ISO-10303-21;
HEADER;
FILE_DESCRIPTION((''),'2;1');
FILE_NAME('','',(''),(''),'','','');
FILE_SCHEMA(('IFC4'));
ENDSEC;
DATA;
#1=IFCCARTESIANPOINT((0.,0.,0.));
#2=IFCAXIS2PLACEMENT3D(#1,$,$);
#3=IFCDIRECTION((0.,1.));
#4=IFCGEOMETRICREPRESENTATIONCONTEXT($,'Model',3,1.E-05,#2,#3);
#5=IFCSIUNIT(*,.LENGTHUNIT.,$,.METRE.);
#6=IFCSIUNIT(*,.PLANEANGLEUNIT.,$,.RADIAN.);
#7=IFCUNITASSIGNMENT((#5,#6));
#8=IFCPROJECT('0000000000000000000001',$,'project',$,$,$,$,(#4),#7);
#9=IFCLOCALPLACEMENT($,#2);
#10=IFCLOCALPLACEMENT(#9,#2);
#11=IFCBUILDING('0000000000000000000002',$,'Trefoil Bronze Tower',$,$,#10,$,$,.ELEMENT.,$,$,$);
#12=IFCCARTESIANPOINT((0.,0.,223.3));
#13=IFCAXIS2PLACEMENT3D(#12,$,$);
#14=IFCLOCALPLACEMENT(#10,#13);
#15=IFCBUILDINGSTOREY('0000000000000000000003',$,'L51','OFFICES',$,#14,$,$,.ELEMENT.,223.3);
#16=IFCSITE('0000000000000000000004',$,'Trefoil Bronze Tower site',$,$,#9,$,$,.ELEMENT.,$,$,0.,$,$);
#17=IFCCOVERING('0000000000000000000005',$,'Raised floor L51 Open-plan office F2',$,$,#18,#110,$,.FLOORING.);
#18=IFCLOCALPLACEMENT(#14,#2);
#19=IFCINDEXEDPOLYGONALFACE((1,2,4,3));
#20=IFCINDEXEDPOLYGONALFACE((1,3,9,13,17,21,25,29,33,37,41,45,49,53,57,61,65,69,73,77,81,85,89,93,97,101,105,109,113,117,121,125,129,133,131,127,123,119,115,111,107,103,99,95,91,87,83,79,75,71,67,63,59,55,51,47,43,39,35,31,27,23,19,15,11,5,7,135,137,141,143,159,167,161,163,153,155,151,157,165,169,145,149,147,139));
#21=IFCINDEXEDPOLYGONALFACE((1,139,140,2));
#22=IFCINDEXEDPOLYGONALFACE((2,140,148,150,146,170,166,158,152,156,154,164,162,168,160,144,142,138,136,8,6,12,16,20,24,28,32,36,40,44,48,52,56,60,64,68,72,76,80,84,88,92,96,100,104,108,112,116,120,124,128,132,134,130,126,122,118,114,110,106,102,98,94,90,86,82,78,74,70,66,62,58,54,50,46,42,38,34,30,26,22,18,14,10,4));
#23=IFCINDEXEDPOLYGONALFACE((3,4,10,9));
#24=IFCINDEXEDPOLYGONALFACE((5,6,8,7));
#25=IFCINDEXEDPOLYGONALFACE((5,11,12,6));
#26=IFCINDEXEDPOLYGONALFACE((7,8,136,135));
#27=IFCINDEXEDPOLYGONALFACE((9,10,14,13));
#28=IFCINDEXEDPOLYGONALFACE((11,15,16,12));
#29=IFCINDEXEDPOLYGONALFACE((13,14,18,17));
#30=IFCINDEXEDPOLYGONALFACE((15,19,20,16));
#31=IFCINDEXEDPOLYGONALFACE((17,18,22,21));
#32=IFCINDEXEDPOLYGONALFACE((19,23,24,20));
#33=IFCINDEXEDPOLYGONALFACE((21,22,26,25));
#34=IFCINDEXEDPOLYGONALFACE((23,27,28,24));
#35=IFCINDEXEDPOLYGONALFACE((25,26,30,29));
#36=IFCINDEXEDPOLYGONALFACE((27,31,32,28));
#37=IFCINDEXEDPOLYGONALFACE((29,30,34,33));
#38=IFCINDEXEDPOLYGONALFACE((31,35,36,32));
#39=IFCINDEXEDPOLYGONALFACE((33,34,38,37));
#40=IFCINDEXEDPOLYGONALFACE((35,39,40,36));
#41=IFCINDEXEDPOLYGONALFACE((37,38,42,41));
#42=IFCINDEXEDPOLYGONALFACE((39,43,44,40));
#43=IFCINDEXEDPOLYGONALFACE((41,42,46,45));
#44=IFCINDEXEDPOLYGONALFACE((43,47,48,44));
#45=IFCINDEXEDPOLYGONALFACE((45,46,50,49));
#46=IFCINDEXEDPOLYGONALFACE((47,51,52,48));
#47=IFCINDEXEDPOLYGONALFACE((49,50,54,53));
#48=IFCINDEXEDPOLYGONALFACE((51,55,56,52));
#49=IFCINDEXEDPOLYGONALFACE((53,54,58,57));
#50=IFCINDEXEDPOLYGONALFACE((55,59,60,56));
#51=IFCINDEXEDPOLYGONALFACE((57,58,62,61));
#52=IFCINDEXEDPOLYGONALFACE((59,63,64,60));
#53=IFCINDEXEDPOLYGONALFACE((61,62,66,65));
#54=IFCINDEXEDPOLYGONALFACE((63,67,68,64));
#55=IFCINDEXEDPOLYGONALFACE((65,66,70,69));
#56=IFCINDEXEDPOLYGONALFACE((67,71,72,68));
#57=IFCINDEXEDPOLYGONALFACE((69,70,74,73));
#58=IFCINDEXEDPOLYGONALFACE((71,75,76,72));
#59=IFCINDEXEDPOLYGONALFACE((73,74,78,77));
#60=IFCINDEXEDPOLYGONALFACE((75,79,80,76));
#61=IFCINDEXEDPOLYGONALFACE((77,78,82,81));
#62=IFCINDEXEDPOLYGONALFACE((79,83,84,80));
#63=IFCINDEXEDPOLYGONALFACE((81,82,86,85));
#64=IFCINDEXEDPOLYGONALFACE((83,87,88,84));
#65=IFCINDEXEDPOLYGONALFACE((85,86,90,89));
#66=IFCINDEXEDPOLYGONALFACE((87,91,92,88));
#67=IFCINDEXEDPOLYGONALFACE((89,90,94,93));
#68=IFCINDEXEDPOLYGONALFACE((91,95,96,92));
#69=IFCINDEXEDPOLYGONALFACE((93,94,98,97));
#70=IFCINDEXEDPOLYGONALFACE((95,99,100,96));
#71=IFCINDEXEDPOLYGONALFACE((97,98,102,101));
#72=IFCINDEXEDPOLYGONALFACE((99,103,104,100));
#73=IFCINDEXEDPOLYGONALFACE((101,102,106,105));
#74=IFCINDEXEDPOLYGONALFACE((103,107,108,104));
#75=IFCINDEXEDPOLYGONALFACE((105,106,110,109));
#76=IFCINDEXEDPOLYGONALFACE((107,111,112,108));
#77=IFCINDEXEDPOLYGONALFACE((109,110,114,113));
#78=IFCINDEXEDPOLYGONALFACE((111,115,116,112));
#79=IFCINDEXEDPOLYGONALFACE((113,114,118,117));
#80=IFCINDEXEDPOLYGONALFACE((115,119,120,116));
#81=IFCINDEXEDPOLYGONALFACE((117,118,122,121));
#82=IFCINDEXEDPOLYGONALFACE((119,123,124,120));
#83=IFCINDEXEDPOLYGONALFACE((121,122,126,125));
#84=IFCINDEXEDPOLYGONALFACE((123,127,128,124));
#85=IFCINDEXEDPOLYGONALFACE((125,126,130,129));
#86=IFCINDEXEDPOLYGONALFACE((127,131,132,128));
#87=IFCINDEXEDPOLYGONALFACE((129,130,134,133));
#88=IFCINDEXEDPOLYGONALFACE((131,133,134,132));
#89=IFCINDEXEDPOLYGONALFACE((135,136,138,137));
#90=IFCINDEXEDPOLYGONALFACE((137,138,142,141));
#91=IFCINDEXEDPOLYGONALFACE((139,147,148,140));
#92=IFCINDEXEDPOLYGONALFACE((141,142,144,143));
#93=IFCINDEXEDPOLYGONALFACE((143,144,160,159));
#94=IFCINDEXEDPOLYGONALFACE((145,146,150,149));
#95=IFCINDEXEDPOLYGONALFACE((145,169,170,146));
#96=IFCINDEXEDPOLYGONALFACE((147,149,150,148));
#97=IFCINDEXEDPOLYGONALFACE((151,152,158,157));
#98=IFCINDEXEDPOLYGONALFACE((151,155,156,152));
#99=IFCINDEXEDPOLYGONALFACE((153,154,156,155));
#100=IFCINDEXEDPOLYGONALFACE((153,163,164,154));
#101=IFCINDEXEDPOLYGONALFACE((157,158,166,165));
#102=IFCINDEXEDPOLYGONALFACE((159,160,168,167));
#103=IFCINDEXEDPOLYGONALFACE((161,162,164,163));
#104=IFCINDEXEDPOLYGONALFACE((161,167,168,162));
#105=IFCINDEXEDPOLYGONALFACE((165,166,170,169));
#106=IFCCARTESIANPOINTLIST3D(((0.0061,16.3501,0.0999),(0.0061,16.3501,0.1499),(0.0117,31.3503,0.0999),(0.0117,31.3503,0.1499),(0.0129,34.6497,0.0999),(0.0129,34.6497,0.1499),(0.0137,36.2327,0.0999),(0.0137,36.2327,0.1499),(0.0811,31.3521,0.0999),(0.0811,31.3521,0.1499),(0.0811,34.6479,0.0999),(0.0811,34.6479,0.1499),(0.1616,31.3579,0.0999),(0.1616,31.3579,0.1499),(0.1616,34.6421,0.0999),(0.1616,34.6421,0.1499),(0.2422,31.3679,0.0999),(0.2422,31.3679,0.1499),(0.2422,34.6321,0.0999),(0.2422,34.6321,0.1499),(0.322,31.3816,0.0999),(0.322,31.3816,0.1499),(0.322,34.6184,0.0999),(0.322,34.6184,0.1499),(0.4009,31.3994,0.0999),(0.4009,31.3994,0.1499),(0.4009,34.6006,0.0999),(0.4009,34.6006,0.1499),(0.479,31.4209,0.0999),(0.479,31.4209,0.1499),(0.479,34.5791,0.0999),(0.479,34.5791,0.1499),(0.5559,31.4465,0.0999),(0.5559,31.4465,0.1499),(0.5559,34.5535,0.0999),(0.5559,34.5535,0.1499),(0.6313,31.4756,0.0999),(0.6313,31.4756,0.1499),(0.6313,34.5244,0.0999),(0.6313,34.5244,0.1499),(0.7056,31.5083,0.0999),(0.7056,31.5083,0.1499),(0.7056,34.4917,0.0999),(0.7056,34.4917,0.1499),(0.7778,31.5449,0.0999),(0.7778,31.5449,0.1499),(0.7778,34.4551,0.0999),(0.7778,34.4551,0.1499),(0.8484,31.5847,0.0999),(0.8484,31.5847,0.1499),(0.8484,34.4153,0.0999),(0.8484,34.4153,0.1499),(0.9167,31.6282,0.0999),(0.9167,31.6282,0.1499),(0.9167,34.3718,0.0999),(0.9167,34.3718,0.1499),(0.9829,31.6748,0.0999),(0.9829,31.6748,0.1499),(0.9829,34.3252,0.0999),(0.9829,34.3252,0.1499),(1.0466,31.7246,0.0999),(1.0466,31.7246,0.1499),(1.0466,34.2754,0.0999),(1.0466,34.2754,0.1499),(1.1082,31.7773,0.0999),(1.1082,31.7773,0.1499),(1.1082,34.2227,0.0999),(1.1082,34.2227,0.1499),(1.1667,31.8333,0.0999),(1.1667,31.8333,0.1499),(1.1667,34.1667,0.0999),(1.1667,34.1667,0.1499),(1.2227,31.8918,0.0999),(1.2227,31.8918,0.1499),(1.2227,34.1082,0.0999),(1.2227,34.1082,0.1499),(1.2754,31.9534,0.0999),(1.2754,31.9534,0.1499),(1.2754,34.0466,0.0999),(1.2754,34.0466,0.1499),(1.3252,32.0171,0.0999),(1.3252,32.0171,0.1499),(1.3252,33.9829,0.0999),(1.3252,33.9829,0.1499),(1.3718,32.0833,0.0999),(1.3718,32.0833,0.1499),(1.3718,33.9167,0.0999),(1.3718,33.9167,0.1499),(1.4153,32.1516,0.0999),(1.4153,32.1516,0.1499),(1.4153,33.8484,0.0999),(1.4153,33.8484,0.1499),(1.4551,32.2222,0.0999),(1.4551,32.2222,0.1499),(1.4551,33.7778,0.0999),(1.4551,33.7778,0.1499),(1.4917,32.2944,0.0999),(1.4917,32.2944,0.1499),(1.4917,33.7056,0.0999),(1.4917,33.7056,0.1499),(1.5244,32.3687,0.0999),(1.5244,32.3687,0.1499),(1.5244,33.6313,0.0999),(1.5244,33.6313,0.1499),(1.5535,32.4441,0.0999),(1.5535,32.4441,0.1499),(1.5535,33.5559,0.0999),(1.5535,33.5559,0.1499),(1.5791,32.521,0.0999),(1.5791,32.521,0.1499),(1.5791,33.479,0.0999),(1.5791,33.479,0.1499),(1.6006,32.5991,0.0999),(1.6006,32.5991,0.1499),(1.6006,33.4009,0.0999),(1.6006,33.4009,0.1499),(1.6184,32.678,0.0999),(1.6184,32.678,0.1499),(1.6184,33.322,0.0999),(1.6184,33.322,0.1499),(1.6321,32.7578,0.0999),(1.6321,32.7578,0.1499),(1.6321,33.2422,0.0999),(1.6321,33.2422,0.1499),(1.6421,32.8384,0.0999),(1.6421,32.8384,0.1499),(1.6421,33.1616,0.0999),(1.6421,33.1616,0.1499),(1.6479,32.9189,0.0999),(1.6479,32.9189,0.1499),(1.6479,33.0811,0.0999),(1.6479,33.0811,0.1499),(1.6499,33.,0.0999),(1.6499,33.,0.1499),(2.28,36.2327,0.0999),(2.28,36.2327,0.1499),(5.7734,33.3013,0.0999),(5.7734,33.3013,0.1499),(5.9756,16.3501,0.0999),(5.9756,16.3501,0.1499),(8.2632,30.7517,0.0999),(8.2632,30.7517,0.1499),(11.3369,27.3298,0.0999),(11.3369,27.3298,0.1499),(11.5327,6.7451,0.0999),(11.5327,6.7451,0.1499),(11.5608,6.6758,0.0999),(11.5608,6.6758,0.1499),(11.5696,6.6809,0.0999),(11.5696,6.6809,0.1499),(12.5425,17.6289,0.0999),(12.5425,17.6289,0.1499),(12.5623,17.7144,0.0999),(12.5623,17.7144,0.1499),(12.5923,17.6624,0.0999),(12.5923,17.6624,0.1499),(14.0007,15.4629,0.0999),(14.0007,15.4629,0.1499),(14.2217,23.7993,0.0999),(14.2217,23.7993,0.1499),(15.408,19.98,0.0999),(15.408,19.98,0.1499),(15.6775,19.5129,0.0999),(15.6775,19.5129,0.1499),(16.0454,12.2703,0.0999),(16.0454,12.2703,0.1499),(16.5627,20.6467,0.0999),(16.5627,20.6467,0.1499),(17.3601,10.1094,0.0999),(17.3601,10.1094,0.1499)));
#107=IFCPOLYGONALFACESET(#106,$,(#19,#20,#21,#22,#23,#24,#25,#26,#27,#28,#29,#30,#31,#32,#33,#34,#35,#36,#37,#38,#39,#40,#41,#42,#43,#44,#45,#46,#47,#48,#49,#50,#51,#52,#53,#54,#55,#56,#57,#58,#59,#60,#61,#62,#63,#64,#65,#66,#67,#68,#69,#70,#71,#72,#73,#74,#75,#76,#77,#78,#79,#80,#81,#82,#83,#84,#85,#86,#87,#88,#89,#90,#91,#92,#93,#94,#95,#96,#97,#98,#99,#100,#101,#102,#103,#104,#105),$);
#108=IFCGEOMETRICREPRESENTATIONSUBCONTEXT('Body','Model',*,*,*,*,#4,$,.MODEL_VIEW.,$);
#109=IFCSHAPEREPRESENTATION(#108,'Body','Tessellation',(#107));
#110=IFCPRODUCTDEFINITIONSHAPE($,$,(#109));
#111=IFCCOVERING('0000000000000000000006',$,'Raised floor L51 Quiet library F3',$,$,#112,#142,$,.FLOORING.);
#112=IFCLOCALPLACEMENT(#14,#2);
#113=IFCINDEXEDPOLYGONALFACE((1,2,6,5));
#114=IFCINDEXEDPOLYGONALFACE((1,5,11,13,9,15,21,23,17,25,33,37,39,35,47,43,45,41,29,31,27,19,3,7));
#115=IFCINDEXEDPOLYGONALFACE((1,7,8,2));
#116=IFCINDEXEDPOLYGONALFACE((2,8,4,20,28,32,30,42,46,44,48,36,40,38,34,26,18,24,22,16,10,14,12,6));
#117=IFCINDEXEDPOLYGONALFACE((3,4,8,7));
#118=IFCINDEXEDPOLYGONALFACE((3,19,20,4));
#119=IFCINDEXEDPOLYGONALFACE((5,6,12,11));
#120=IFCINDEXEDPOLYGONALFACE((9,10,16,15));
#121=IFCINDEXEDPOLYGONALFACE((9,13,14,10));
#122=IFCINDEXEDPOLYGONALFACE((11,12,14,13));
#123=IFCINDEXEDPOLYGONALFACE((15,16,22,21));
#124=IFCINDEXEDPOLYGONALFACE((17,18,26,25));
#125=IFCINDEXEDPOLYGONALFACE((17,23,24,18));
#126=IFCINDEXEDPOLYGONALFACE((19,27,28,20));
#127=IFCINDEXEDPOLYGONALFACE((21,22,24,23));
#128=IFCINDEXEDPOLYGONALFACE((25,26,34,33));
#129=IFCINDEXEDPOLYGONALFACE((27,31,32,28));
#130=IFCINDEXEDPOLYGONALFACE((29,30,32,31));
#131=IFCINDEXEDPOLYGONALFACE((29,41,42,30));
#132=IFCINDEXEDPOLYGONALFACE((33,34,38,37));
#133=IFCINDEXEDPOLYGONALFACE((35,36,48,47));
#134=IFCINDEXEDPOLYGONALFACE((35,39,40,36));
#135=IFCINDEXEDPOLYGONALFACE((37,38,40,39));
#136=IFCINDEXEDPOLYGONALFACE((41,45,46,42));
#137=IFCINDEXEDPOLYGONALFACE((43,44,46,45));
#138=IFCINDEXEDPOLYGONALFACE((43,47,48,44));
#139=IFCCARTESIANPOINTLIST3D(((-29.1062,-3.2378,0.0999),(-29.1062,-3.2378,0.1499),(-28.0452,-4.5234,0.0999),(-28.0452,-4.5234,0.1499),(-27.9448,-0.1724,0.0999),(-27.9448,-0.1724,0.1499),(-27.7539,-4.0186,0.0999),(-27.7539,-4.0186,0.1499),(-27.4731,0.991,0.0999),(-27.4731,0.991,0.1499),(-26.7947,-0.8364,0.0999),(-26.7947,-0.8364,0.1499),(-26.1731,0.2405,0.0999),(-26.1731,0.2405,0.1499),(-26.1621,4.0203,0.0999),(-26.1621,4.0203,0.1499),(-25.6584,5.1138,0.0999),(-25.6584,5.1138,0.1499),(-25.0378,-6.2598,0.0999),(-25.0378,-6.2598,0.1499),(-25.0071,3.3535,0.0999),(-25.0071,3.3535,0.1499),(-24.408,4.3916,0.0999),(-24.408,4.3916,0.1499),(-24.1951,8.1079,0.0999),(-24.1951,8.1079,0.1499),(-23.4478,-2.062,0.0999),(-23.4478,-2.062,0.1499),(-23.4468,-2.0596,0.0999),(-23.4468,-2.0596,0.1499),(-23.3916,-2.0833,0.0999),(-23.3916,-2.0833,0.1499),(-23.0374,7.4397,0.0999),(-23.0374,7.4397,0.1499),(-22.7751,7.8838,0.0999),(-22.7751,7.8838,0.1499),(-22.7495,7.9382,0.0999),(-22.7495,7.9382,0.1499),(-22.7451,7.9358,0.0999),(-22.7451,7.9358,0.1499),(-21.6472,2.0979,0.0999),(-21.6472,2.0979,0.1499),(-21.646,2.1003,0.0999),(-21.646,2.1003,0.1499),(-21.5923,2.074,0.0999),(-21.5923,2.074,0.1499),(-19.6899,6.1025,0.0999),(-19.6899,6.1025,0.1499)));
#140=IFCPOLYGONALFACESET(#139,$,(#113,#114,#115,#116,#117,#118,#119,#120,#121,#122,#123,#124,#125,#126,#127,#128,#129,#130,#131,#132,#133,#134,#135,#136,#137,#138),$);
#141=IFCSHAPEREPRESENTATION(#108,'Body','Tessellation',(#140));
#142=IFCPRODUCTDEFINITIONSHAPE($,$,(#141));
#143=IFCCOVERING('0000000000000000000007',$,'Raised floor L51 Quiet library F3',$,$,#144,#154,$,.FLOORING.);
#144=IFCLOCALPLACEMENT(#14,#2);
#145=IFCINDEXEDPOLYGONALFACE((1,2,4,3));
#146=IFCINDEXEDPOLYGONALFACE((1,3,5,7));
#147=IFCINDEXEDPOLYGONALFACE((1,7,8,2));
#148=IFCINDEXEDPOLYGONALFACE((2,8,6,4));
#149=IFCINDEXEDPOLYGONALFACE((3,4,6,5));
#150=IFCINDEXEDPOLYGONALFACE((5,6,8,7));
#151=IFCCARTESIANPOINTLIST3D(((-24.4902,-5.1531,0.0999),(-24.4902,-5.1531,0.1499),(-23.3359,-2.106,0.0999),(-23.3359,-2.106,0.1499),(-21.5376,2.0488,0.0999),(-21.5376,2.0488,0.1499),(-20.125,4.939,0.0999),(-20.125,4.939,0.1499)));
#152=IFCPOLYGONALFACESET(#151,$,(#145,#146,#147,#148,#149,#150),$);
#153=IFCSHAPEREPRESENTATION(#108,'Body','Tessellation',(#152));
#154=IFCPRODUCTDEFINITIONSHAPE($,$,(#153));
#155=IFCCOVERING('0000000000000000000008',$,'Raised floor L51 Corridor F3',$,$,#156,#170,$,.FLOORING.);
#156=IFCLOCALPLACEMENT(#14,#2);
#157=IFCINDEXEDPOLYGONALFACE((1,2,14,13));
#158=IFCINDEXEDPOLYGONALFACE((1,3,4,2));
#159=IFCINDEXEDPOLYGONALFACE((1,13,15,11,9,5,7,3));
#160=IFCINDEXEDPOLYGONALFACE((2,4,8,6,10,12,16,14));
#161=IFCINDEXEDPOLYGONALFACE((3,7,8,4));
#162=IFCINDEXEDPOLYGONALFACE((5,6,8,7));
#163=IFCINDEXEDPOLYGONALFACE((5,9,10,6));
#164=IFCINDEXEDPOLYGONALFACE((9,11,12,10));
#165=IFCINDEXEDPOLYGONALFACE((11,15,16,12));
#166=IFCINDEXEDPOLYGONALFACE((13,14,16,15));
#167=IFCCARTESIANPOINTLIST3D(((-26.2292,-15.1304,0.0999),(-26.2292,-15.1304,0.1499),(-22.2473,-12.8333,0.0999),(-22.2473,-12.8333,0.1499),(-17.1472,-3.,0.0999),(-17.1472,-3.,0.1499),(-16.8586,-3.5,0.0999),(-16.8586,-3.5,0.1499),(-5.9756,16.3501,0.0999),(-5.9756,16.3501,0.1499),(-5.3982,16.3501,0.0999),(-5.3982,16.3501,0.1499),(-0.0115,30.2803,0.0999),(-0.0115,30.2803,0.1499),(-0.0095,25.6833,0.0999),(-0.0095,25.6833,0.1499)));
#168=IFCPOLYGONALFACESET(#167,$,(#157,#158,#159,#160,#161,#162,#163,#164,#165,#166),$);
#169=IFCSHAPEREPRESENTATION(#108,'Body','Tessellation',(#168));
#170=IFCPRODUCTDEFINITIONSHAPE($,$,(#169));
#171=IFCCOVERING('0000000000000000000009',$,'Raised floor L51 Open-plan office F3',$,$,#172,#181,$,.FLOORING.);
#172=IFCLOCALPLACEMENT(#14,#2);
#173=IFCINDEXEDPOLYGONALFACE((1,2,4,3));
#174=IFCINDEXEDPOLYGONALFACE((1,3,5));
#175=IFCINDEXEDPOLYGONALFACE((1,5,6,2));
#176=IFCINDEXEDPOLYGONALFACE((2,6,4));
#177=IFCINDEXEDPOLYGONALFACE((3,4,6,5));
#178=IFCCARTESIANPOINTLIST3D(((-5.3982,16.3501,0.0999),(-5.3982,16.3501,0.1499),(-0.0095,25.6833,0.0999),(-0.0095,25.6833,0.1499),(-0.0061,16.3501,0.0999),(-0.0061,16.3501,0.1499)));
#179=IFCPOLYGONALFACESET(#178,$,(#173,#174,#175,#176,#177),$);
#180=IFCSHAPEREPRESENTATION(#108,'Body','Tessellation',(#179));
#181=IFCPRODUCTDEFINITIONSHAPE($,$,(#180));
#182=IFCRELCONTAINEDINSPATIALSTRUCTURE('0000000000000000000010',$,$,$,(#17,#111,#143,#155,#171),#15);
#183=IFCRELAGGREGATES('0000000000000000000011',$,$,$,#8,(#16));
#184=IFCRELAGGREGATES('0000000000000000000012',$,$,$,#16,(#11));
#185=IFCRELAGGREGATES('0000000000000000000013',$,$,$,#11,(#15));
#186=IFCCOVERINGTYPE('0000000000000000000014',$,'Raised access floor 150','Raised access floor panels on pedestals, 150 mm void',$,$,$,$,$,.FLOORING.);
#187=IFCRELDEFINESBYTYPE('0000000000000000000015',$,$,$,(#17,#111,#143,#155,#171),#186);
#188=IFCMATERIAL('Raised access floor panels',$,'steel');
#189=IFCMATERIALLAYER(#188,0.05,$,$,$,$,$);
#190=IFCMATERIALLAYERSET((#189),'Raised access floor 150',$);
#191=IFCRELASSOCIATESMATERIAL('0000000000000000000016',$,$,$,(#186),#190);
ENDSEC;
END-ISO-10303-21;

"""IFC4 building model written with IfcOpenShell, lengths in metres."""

from ifc_helpers import new_model, si_unit, direction, frame, origin, place, context, subcontext, project, spatial, polyline, outline, extrude, material, layer, layer_set, type_object, element, save


model = new_model("IFC4")

# Units and contexts
model_context = context("Model", 3, precision=1e-05, world=origin(), true_north=direction((0.0, 1.0)))
body_context = subcontext(model_context, "Body", "Model", "MODEL_VIEW")
ifc_project = project(units=[si_unit("LENGTHUNIT", "METRE"), si_unit("PLANEANGLEUNIT", "RADIAN")], contexts=[model_context])

# Site, building, storey
site_placement = place(None, origin())
site = spatial("IfcSite", under=ifc_project, at=site_placement, Name="Trefoil Bronze Tower site", CompositionType="ELEMENT", RefElevation=0.0)
building_placement = place(site_placement, origin())
building = spatial("IfcBuilding", under=site, at=building_placement, Name="Trefoil Bronze Tower", CompositionType="ELEMENT")
storey_placement = place(building_placement, frame((0.0, 0.0, 223.3)))
storey = spatial("IfcBuildingStorey", under=building, at=storey_placement, Name="L51", Description="OFFICES", CompositionType="ELEMENT", Elevation=223.3)

# Coverings
ifc_material_1 = material(Name="Raised access floor panels", Category="steel")
ifc_layer_1 = layer(ifc_material_1, 0.05)
ifc_layer_set_1 = layer_set([ifc_layer_1], Name="Raised access floor 150")
covering_type_1 = type_object("IfcCoveringType", Name="Raised access floor 150", Description="Raised access floor panels on pedestals, 150 mm void", PredefinedType="FLOORING", material=ifc_layer_set_1)
covering_1_placement = place(storey_placement, frame((0.0, 0.0, 0.0999)))
element("IfcCovering", 1, at=covering_1_placement, inside=storey, type_object=covering_type_1, Name="Raised floor L51 Open-plan office F2", PredefinedType="FLOORING", context=body_context, shape_type="SweptSolid", body=[
    extrude(outline(polyline([(8.2632, 30.7517), (11.3369, 27.3298), (14.2217, 23.7993), (16.5627, 20.6467), (15.408, 19.98), (15.6775, 19.5129), (12.5623, 17.7144), (12.5923, 17.6624), (12.5425, 17.6289), (14.0007, 15.4629), (16.0454, 12.2703), (17.3601, 10.1094), (11.5327, 6.7451), (11.5696, 6.6809), (11.5608, 6.6758), (5.9756, 16.3501), (0.0061, 16.3501), (0.0117, 31.3503), (0.0811, 31.3521), (0.1616, 31.3579), (0.2422, 31.3679), (0.322, 31.3816), (0.4009, 31.3994), (0.479, 31.4209), (0.5559, 31.4465), (0.6313, 31.4756), (0.7056, 31.5083), (0.7778, 31.5449), (0.8484, 31.5847), (0.9167, 31.6282), (0.9829, 31.6748), (1.0466, 31.7246), (1.1082, 31.7773), (1.1667, 31.8333), (1.2227, 31.8918), (1.2754, 31.9534), (1.3252, 32.0171), (1.3718, 32.0833), (1.4153, 32.1516), (1.4551, 32.2222), (1.4917, 32.2944), (1.5244, 32.3687), (1.5535, 32.4441), (1.5791, 32.521), (1.6006, 32.5991), (1.6184, 32.678), (1.6321, 32.7578), (1.6421, 32.8384), (1.6479, 32.9189), (1.6499, 33.0), (1.6479, 33.0811), (1.6421, 33.1616), (1.6321, 33.2422), (1.6184, 33.322), (1.6006, 33.4009), (1.5791, 33.479), (1.5535, 33.5559), (1.5244, 33.6313), (1.4917, 33.7056), (1.4551, 33.7778), (1.4153, 33.8484), (1.3718, 33.9167), (1.3252, 33.9829), (1.2754, 34.0466), (1.2227, 34.1082), (1.1667, 34.1667), (1.1082, 34.2227), (1.0466, 34.2754), (0.9829, 34.3252), (0.9167, 34.3718), (0.8484, 34.4153), (0.7778, 34.4551), (0.7056, 34.4917), (0.6313, 34.5244), (0.5559, 34.5535), (0.479, 34.5791), (0.4009, 34.6006), (0.322, 34.6184), (0.2422, 34.6321), (0.1616, 34.6421), (0.0811, 34.6479), (0.0129, 34.6497), (0.0137, 36.2327), (2.28, 36.2327), (5.7734, 33.3013), (8.2632, 30.7517)])), origin(), (0.0, 0.0, 1.0), 0.05),
])
covering_2_placement = place(storey_placement, frame((0.0, 0.0, 0.0999)))
element("IfcCovering", 2, at=covering_2_placement, inside=storey, type_object=covering_type_1, Name="Raised floor L51 Quiet library F3", PredefinedType="FLOORING", context=body_context, shape_type="SweptSolid", body=[
    extrude(outline(polyline([(-26.1621, 4.0203), (-25.0071, 3.3535), (-24.408, 4.3916), (-25.6584, 5.1138), (-24.1951, 8.1079), (-23.0374, 7.4397), (-22.7495, 7.9382), (-22.7451, 7.9358), (-22.7751, 7.8838), (-19.6899, 6.1025), (-21.646, 2.1003), (-21.5923, 2.074), (-21.6472, 2.0979), (-23.4468, -2.0596), (-23.3916, -2.0833), (-23.4478, -2.062), (-25.0378, -6.2598), (-28.0452, -4.5234), (-27.7539, -4.0186), (-29.1062, -3.2378), (-27.9448, -0.1724), (-26.7947, -0.8364), (-26.1731, 0.2405), (-27.4731, 0.991), (-26.1621, 4.0203)])), origin(), (0.0, 0.0, 1.0), 0.05),
])
covering_3_placement = place(storey_placement, frame((0.0, 0.0, 0.0999)))
element("IfcCovering", 3, at=covering_3_placement, inside=storey, type_object=covering_type_1, Name="Raised floor L51 Quiet library F3", PredefinedType="FLOORING", context=body_context, shape_type="SweptSolid", body=[
    extrude(outline(polyline([(-24.4902, -5.1531), (-23.3359, -2.106), (-21.5376, 2.0488), (-20.125, 4.939), (-24.4902, -5.1531)])), origin(), (0.0, 0.0, 1.0), 0.05),
])
covering_4_placement = place(storey_placement, frame((0.0, 0.0, 0.0999)))
element("IfcCovering", 4, at=covering_4_placement, inside=storey, type_object=covering_type_1, Name="Raised floor L51 Corridor F3", PredefinedType="FLOORING", context=body_context, shape_type="SweptSolid", body=[
    extrude(outline(polyline([(-26.2292, -15.1304), (-0.0115, 30.2803), (-0.0095, 25.6833), (-5.3982, 16.3501), (-5.9756, 16.3501), (-17.1472, -3.0), (-16.8586, -3.5), (-22.2473, -12.8333), (-26.2292, -15.1304)])), origin(), (0.0, 0.0, 1.0), 0.05),
])
covering_5_placement = place(storey_placement, frame((0.0, 0.0, 0.0999)))
element("IfcCovering", 5, at=covering_5_placement, inside=storey, type_object=covering_type_1, Name="Raised floor L51 Open-plan office F3", PredefinedType="FLOORING", context=body_context, shape_type="SweptSolid", body=[
    extrude(outline(polyline([(-0.0061, 16.3501), (-5.3982, 16.3501), (-0.0095, 25.6833), (-0.0061, 16.3501)])), origin(), (0.0, 0.0, 1.0), 0.05),
])

save(model, "model.ifc")
